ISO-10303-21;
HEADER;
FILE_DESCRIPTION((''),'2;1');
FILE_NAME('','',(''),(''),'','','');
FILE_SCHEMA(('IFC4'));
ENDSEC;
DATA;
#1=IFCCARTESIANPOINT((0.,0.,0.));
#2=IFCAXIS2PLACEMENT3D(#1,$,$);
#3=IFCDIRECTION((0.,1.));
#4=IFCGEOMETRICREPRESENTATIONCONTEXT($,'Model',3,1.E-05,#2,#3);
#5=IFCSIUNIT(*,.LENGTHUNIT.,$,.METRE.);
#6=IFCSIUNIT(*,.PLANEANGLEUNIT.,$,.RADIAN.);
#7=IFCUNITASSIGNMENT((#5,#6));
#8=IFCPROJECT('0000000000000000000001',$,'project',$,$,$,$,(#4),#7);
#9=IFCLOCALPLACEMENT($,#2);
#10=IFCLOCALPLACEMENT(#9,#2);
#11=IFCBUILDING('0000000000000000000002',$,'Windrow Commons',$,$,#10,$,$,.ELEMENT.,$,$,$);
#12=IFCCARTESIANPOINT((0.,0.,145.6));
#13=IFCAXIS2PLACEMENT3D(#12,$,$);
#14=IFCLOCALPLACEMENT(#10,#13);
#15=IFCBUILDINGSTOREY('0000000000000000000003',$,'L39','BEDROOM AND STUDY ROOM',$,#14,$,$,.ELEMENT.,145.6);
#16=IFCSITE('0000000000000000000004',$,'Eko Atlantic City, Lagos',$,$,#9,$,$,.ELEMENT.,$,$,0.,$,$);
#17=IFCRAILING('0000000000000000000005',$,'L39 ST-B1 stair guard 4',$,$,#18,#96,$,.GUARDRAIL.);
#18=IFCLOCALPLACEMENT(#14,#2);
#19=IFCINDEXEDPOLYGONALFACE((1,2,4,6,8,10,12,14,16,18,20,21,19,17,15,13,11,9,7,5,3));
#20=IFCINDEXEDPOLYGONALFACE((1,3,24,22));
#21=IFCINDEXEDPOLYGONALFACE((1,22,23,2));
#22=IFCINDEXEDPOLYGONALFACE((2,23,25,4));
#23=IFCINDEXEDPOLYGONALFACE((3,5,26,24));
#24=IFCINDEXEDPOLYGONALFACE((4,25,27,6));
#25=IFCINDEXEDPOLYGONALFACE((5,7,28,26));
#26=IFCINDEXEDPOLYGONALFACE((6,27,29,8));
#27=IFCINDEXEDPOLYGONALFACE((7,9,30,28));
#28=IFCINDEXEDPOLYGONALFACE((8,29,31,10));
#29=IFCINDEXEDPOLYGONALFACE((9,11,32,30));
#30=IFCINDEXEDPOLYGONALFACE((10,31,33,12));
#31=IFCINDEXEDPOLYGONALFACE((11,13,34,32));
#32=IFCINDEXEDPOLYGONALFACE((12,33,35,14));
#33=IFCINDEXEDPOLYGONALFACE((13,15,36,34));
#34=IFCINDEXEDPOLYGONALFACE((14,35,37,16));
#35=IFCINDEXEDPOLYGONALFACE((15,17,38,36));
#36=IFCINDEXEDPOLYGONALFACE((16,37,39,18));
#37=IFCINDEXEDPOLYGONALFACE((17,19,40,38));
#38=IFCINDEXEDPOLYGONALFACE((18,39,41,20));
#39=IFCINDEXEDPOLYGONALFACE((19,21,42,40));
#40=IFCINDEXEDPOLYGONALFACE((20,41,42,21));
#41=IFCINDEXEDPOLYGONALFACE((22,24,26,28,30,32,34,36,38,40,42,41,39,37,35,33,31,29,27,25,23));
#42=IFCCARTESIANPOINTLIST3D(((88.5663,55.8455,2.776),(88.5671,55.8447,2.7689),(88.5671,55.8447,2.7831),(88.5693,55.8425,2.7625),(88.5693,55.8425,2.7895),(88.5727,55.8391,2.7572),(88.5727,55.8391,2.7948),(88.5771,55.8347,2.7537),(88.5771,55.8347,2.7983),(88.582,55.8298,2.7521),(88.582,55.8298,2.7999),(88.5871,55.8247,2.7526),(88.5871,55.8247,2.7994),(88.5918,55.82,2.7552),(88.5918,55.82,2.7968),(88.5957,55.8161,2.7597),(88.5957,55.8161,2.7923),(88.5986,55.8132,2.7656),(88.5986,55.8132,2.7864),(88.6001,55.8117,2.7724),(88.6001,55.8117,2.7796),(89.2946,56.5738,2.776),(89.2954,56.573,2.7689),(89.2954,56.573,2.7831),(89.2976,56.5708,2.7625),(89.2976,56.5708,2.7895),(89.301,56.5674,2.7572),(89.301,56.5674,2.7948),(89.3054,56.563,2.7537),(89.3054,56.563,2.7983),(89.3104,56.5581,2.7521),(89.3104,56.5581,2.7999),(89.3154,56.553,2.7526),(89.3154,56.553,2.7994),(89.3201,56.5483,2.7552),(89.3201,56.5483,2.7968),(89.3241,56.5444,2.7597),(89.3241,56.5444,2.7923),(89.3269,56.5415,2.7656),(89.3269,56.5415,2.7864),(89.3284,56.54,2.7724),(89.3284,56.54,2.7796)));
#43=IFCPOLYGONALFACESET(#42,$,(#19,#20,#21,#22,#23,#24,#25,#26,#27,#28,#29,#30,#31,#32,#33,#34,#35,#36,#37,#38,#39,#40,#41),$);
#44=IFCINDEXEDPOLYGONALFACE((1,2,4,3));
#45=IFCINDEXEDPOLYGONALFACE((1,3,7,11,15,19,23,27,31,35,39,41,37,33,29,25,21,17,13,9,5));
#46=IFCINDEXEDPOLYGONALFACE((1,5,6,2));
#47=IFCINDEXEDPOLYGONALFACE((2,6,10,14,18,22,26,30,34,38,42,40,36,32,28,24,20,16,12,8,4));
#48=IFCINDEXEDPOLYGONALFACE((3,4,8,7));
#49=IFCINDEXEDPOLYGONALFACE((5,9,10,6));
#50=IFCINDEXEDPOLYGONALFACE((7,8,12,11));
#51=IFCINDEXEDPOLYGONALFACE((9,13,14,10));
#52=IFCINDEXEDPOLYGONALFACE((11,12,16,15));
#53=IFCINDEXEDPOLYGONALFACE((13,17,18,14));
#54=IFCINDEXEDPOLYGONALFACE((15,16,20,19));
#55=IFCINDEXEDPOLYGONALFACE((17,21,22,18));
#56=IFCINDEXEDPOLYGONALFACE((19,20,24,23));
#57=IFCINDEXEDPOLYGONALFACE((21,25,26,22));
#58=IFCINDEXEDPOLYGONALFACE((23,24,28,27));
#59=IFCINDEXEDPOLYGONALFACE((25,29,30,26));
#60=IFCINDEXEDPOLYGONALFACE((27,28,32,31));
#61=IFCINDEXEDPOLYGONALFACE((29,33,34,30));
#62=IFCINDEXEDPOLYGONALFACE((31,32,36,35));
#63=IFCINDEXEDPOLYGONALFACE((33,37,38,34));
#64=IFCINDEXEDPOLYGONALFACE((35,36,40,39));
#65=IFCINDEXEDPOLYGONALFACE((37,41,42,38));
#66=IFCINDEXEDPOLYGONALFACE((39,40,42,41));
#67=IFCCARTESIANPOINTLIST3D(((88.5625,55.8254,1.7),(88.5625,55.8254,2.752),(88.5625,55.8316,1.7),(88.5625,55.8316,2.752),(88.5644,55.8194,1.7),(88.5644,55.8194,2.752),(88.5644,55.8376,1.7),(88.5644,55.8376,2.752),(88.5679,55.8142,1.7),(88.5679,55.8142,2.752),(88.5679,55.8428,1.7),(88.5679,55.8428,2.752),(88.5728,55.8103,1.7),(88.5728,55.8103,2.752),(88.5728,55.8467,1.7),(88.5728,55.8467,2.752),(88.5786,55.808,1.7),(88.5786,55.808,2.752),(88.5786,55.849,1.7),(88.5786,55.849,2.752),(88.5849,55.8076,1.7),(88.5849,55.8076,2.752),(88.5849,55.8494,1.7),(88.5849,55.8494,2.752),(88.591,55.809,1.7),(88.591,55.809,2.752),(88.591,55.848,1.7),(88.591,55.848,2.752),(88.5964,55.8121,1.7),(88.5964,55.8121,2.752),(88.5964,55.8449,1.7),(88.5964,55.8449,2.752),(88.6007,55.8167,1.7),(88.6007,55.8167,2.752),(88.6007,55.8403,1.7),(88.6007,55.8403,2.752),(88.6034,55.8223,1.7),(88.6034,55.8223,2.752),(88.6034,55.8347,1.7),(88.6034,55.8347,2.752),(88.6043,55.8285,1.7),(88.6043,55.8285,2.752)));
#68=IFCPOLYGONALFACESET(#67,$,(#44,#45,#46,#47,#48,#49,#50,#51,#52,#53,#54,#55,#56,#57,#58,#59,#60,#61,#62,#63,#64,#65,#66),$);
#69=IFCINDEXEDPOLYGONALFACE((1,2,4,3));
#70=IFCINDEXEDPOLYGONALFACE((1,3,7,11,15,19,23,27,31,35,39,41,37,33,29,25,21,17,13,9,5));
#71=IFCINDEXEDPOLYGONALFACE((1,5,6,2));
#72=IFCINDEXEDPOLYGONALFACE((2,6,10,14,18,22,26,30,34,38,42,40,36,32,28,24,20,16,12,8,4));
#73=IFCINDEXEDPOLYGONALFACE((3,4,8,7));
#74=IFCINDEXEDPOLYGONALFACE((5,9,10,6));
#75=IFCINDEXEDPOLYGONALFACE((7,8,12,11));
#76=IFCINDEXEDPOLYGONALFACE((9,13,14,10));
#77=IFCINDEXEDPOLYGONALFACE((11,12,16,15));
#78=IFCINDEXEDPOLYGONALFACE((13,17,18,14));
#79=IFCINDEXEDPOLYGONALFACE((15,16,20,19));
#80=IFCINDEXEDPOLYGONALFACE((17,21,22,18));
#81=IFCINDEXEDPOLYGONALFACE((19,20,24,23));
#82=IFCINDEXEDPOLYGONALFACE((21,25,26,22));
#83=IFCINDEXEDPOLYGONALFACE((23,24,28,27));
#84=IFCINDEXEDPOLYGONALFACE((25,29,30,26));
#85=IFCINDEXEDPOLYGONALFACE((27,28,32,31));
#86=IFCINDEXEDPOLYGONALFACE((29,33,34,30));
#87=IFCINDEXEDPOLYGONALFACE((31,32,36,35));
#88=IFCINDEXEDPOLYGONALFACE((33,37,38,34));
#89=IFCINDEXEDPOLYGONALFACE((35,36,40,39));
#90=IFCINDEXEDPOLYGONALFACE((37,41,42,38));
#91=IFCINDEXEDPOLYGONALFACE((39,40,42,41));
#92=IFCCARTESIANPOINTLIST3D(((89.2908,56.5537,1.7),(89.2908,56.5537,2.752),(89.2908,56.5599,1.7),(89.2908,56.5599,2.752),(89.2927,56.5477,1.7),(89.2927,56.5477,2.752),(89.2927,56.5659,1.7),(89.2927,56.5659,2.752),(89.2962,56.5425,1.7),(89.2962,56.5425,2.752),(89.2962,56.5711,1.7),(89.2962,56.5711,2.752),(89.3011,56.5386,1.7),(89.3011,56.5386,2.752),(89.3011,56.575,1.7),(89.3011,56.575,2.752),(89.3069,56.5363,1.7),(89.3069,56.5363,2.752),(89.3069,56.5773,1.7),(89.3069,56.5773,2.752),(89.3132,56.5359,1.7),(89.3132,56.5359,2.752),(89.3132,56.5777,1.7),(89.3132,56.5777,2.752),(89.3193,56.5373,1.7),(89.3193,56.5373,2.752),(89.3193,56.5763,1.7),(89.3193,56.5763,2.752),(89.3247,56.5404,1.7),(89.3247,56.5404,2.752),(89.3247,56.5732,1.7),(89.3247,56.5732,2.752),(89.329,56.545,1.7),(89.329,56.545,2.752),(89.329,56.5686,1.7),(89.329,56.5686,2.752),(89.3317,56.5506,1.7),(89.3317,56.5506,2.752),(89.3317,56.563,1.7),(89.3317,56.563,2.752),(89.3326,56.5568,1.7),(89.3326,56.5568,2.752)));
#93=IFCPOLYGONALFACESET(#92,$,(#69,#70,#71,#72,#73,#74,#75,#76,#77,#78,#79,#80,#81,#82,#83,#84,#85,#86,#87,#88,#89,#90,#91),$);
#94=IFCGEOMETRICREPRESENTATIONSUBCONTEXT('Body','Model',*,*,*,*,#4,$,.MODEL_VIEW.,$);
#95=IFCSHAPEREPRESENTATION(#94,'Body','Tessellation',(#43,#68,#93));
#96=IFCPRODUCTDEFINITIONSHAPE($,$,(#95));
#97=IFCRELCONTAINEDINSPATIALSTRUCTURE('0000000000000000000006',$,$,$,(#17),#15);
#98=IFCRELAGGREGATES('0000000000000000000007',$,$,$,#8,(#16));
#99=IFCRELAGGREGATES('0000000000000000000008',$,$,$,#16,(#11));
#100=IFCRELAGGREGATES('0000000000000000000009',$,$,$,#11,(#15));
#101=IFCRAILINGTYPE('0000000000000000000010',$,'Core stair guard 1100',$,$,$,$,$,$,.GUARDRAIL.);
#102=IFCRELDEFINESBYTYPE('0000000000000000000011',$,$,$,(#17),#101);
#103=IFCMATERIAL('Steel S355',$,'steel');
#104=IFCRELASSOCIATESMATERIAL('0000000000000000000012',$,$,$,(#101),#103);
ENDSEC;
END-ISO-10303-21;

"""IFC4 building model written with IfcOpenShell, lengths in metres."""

from ifc_helpers import new_model, si_unit, direction, frame, origin, origin_2d, place, context, subcontext, project, spatial, circle, extrude, material, type_object, element, save


model = new_model("IFC4")

# Units and contexts
model_context = context("Model", 3, precision=1e-05, world=origin(), true_north=direction((0.0, 1.0)))
body_context = subcontext(model_context, "Body", "Model", "MODEL_VIEW")
ifc_project = project(units=[si_unit("LENGTHUNIT", "METRE"), si_unit("PLANEANGLEUNIT", "RADIAN")], contexts=[model_context])

# Site, building, storey
site_placement = place(None, origin())
site = spatial("IfcSite", under=ifc_project, at=site_placement, Name="Eko Atlantic City, Lagos", CompositionType="ELEMENT", RefElevation=0.0)
building_placement = place(site_placement, origin())
building = spatial("IfcBuilding", under=site, at=building_placement, Name="Windrow Commons", CompositionType="ELEMENT")
storey_placement = place(building_placement, frame((0.0, 0.0, 145.6)))
storey = spatial("IfcBuildingStorey", under=building, at=storey_placement, Name="L39", Description="BEDROOM AND STUDY ROOM", CompositionType="ELEMENT", Elevation=145.6)

# Railing
ifc_material_1 = material(Name="Steel S355", Category="steel")
railing_type_1 = type_object("IfcRailingType", Name="Core stair guard 1100", PredefinedType="GUARDRAIL", material=ifc_material_1)
railing_1_placement = place(storey_placement, frame((88.5833, 55.8285, 1.7)))
element("IfcRailing", 1, at=railing_1_placement, inside=storey, type_object=railing_type_1, Name="L39 ST-B1 stair guard 4", PredefinedType="GUARDRAIL", context=body_context, shape_type="SweptSolid", body=[
    extrude(circle(Radius=0.024, at=origin_2d()), frame((0.0, 0.0, 1.076), z_axis=(0.707107, 0.707107, 0.0), x_axis=(-0.707107, 0.707107, 0.0)), (0.0, 0.0, 1.0), 1.03),
    extrude(circle(Radius=0.021, at=origin_2d()), origin(), (0.0, 0.0, 1.0), 1.052),
    extrude(circle(Radius=0.021, at=origin_2d()), frame((0.7283, 0.7283, 0.0)), (0.0, 0.0, 1.0), 1.052),
])

save(model, "model.ifc")
